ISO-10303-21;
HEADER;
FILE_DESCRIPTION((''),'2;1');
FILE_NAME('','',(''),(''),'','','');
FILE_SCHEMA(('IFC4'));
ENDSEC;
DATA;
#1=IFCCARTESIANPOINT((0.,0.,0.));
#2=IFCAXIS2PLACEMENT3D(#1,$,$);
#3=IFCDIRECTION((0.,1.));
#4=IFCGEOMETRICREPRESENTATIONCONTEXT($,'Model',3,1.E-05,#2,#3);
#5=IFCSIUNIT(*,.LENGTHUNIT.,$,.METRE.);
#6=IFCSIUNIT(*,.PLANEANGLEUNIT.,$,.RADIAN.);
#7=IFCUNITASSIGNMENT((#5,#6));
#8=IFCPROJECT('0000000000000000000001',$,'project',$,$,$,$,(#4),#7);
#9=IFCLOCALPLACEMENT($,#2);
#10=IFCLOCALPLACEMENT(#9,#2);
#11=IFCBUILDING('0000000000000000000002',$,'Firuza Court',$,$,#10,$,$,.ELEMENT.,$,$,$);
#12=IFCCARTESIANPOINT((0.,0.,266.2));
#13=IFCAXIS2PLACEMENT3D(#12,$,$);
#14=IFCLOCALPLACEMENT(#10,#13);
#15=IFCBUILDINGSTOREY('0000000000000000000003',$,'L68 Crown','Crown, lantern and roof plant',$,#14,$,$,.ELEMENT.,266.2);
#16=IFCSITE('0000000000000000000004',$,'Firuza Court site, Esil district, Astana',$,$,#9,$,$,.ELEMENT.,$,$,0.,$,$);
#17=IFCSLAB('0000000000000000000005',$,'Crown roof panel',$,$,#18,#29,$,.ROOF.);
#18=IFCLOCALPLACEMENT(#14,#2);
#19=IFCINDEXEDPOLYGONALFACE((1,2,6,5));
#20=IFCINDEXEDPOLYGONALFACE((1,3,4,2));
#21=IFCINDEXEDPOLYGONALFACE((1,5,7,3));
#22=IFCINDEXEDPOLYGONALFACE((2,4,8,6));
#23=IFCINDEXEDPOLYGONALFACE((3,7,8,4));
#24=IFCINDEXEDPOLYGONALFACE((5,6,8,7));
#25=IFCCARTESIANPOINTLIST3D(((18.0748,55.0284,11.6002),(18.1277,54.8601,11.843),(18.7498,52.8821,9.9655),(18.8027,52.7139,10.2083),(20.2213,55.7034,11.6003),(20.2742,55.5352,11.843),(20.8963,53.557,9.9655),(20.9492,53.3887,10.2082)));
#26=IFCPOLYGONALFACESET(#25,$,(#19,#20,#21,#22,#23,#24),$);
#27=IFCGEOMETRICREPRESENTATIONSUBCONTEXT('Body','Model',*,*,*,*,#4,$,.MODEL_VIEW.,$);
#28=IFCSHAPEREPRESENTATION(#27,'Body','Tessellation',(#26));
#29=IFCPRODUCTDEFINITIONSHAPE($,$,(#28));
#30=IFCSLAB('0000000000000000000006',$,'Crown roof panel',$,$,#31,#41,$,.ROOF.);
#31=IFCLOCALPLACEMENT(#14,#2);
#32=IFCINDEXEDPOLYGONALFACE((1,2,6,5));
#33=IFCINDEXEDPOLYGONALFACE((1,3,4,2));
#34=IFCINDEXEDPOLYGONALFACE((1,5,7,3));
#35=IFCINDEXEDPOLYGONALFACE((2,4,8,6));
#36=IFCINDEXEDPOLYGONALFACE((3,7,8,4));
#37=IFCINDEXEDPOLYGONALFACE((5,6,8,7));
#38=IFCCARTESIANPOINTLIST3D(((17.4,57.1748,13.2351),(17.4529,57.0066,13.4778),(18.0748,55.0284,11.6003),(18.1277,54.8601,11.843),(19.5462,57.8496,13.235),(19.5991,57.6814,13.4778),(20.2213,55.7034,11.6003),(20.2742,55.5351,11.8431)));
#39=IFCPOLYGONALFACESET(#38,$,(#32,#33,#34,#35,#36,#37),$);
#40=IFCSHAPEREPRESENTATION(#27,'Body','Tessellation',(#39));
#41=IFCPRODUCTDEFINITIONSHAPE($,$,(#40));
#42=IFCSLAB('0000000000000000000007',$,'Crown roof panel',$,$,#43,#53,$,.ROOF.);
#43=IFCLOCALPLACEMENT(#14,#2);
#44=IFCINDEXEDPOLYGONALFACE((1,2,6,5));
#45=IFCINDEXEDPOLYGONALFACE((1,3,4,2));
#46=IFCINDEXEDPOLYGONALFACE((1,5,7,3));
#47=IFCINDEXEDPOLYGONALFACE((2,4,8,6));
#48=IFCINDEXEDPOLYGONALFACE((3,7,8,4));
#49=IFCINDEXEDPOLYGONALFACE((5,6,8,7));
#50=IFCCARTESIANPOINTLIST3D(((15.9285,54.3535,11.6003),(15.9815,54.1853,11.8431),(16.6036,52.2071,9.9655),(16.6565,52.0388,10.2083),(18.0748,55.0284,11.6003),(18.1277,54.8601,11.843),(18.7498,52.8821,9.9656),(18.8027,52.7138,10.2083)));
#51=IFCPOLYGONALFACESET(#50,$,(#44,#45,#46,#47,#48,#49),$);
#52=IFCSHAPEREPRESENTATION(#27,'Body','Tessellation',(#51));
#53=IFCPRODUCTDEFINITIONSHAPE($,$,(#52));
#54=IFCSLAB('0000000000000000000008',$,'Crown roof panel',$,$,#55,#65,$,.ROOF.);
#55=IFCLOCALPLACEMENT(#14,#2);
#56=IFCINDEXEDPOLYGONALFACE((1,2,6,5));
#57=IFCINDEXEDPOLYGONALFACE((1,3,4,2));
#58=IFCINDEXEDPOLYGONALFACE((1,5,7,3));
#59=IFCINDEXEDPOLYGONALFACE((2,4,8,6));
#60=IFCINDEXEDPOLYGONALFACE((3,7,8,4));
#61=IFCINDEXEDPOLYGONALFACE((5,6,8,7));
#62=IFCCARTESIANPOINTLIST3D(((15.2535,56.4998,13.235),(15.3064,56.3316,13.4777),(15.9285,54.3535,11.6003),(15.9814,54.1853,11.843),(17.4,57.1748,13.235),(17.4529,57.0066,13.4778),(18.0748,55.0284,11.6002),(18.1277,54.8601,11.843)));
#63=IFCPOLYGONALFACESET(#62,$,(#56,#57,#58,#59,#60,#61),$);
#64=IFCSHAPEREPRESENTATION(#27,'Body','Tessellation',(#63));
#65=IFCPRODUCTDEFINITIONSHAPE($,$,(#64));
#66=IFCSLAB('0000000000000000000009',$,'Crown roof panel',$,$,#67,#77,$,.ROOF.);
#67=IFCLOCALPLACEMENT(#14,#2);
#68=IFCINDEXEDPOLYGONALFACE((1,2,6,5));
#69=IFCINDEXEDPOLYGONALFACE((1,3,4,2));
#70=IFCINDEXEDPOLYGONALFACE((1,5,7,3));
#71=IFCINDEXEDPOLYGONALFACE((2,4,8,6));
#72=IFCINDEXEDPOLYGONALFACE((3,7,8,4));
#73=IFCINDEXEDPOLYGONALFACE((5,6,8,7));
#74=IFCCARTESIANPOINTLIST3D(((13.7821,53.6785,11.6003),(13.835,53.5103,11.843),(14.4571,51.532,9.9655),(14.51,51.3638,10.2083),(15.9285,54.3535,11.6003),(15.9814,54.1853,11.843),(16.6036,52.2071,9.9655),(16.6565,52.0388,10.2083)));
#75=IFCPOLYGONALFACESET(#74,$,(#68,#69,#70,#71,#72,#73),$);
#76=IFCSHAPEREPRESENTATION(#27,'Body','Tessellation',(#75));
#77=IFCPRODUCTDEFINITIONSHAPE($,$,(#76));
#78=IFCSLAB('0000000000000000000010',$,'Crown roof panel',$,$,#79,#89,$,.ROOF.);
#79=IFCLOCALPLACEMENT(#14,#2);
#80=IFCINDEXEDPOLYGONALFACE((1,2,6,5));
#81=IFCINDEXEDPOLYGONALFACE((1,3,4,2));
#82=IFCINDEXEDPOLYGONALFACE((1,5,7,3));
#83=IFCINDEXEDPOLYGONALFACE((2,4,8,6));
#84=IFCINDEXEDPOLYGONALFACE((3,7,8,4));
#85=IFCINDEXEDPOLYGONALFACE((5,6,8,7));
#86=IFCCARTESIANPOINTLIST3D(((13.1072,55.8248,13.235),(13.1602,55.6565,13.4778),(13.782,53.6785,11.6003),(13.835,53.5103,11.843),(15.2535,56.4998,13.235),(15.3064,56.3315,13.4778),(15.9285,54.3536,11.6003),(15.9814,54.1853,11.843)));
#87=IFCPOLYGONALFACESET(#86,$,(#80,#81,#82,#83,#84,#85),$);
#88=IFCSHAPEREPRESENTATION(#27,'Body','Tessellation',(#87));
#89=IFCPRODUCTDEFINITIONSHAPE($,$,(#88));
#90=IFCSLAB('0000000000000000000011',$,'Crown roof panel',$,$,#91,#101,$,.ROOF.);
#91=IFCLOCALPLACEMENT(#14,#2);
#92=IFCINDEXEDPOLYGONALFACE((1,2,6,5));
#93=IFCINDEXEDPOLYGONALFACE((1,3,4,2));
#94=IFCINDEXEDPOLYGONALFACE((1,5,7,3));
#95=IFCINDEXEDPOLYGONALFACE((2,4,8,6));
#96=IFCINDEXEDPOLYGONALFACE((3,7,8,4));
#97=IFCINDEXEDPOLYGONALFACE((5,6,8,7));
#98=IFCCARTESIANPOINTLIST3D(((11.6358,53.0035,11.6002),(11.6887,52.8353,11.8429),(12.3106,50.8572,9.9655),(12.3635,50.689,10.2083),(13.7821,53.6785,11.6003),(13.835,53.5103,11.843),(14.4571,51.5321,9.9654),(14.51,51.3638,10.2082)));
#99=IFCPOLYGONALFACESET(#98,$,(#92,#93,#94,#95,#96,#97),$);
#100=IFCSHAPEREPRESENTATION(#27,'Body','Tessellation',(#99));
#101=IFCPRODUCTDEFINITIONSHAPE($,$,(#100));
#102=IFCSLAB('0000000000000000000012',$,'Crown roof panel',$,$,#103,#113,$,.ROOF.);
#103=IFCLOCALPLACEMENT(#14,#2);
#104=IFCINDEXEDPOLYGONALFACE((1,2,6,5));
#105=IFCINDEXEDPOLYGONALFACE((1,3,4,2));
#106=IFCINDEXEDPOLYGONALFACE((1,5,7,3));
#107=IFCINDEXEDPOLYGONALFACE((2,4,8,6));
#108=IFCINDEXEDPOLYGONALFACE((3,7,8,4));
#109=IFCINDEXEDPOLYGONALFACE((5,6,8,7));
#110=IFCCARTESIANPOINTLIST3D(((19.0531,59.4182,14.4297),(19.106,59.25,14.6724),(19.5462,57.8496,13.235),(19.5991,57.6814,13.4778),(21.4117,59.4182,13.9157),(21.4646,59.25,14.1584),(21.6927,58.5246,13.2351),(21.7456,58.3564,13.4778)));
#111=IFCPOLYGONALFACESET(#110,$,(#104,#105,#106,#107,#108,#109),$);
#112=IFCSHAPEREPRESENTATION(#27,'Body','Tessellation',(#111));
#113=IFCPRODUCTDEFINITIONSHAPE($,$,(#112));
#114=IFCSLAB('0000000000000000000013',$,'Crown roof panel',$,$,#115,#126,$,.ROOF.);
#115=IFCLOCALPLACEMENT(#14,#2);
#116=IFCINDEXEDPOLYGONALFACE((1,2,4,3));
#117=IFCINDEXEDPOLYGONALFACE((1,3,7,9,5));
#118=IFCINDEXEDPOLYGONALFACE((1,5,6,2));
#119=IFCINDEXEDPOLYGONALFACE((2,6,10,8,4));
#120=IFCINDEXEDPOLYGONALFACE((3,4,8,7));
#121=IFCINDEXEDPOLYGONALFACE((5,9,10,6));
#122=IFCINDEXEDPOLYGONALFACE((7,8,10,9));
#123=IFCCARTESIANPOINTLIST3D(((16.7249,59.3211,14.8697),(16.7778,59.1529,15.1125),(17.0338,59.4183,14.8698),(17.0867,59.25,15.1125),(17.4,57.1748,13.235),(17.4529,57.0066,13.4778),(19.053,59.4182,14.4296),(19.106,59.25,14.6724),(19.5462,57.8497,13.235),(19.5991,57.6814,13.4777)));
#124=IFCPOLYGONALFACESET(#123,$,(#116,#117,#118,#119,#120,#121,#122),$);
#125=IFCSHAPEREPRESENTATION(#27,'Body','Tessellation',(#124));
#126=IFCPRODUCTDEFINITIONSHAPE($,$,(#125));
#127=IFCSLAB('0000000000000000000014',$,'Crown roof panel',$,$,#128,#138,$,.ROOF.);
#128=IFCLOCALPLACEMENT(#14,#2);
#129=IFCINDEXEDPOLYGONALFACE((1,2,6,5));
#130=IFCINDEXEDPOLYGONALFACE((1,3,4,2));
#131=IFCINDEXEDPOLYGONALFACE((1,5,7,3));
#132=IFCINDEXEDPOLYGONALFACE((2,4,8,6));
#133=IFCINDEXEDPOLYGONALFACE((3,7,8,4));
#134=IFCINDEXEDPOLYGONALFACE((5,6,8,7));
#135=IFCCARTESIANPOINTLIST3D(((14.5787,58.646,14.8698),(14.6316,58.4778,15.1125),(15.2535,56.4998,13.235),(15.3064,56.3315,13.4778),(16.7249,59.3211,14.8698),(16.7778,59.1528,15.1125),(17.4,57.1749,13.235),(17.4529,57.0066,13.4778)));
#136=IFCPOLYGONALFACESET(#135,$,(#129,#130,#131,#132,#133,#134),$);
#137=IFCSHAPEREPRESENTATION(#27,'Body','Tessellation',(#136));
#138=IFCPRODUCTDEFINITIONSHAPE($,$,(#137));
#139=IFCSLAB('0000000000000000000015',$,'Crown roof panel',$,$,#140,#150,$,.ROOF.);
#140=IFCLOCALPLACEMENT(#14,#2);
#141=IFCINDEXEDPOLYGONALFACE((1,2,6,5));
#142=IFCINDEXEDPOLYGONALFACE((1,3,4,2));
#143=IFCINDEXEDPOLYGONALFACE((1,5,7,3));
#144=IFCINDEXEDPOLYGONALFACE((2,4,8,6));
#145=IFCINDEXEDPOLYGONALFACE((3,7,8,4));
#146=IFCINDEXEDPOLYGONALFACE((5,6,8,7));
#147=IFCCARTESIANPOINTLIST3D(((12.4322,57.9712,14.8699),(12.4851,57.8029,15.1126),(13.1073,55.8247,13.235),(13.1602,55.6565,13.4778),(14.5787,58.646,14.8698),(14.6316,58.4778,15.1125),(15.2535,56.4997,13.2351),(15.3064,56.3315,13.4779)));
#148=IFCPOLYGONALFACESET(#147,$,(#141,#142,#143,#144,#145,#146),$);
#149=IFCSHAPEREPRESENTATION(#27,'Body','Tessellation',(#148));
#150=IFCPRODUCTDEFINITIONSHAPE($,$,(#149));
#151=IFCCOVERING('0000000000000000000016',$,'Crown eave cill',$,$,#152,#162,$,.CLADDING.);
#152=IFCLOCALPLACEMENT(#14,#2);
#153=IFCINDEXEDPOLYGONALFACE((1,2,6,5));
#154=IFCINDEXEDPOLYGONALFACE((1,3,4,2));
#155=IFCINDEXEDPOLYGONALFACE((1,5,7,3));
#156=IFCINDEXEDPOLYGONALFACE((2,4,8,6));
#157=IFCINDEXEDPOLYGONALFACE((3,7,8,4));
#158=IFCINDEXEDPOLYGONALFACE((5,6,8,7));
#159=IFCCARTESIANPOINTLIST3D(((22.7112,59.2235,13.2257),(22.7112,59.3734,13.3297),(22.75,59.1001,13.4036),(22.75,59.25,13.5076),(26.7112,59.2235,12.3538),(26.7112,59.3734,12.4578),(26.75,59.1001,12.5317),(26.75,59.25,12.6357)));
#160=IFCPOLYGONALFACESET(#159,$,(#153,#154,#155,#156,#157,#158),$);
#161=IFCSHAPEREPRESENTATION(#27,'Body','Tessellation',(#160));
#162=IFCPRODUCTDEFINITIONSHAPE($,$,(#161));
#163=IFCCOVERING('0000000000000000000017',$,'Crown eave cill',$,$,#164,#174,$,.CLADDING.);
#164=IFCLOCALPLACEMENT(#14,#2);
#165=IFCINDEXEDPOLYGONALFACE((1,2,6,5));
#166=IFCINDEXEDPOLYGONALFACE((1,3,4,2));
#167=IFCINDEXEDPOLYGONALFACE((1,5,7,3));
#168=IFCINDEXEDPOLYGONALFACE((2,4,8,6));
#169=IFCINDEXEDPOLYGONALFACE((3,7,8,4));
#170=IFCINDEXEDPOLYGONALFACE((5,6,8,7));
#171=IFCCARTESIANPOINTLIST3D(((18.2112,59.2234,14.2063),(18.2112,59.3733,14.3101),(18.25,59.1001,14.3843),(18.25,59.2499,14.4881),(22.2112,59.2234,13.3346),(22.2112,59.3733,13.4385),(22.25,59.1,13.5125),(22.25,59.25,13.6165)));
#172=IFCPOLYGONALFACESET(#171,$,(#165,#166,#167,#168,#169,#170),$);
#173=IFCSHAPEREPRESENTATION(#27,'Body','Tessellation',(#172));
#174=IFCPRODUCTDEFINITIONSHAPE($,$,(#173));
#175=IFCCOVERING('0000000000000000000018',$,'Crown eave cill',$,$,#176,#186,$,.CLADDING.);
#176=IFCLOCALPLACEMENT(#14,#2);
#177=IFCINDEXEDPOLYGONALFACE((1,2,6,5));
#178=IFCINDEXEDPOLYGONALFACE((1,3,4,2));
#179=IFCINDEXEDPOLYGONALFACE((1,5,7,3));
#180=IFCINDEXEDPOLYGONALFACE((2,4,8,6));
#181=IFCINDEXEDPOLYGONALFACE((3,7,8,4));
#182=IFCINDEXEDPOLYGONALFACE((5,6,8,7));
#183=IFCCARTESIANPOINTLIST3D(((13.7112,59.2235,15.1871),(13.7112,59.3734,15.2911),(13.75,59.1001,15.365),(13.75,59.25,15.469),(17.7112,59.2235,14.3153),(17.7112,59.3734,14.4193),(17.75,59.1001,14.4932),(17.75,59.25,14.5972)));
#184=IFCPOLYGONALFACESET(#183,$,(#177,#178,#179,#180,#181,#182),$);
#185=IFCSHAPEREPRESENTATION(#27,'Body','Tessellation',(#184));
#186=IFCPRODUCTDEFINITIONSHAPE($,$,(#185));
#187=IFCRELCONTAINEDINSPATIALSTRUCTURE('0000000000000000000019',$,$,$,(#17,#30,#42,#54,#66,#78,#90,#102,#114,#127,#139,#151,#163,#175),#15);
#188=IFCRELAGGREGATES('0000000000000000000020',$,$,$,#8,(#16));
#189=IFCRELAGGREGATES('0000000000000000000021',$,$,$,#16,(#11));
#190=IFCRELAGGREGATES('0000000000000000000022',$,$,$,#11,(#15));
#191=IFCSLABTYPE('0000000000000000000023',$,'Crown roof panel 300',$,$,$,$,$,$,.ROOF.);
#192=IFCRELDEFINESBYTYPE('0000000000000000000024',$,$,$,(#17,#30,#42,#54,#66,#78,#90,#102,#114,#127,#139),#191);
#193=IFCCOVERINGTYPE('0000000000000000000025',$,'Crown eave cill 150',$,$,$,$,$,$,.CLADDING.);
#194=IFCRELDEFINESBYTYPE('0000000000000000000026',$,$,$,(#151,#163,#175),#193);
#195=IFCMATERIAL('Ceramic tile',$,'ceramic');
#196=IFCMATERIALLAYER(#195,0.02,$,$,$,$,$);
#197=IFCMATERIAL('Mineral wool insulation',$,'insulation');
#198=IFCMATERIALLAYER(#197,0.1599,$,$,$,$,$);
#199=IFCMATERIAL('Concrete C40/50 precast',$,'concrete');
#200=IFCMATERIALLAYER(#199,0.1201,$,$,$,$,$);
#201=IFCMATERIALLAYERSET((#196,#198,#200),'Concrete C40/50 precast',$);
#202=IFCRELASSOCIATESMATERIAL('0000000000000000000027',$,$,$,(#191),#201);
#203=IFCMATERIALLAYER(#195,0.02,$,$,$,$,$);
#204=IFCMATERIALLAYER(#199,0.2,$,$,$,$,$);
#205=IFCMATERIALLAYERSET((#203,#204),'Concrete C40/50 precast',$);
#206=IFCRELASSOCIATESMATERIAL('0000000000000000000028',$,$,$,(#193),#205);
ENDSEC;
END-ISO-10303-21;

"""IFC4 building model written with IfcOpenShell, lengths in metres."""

from ifc_helpers import new_model, si_unit, direction, frame, origin, place, context, subcontext, project, spatial, polyline, outline, extrude, material, layer, layer_set, type_object, element, save


model = new_model("IFC4")

# Units and contexts
model_context = context("Model", 3, precision=1e-05, world=origin(), true_north=direction((0.0, 1.0)))
body_context = subcontext(model_context, "Body", "Model", "MODEL_VIEW")
ifc_project = project(units=[si_unit("LENGTHUNIT", "METRE"), si_unit("PLANEANGLEUNIT", "RADIAN")], contexts=[model_context])

# Site, building, storey
site_placement = place(None, origin())
site = spatial("IfcSite", under=ifc_project, at=site_placement, Name="Firuza Court site, Esil district, Astana", CompositionType="ELEMENT", RefElevation=0.0)
building_placement = place(site_placement, origin())
building = spatial("IfcBuilding", under=site, at=building_placement, Name="Firuza Court", CompositionType="ELEMENT")
storey_placement = place(building_placement, frame((0.0, 0.0, 266.2)))
storey = spatial("IfcBuildingStorey", under=building, at=storey_placement, Name="L68 Crown", Description="Crown, lantern and roof plant", CompositionType="ELEMENT", Elevation=266.2)

# Slabs
ifc_material_1 = material(Name="Ceramic tile", Category="ceramic")
ifc_layer_1 = layer(ifc_material_1, 0.02)
ifc_material_2 = material(Name="Mineral wool insulation", Category="insulation")
ifc_layer_2 = layer(ifc_material_2, 0.1599)
ifc_material_3 = material(Name="Concrete C40/50 precast", Category="concrete")
ifc_layer_3 = layer(ifc_material_3, 0.1201)
ifc_layer_set_1 = layer_set([ifc_layer_1, ifc_layer_2, ifc_layer_3], Name="Concrete C40/50 precast")
slab_type = type_object("IfcSlabType", Name="Crown roof panel 300", PredefinedType="ROOF", material=ifc_layer_set_1)
slab_1_placement = place(storey_placement, frame((18.8027, 52.7139, 10.2083), z_axis=(0.176312, -0.560728, 0.809011), x_axis=(-0.242732, 0.771738, 0.587793)))
element("IfcSlab", 1, at=slab_1_placement, inside=storey, type_object=slab_type, Name="Crown roof panel", PredefinedType="ROOF", context=body_context, shape_type="SweptSolid", body=[
    extrude(outline(polyline([(0.0, 0.0), (2.7811, 0.0), (2.781, -2.2501), (-0.0002, -2.2501), (0.0, 0.0)])), origin(), (0.0, 0.0, -1.0), 0.3),
])
slab_2_placement = place(storey_placement, frame((18.1277, 54.8601, 11.843), z_axis=(0.176323, -0.560731, 0.809006), x_axis=(-0.242626, 0.771767, 0.5878)))
element("IfcSlab", 2, at=slab_2_placement, inside=storey, type_object=slab_type, Name="Crown roof panel", PredefinedType="ROOF", context=body_context, shape_type="SweptSolid", body=[
    extrude(outline(polyline([(0.0, 0.0), (2.7812, 0.0), (2.7813, -2.2498), (0.0002, -2.2501), (0.0, 0.0)])), origin(), (0.0, 0.0, -1.0), 0.3),
])
slab_3_placement = place(storey_placement, frame((16.6565, 52.0388, 10.2083), z_axis=(0.17633, -0.560722, 0.809011), x_axis=(-0.242707, 0.771746, 0.587793)))
element("IfcSlab", 3, at=slab_3_placement, inside=storey, type_object=slab_type, Name="Crown roof panel", PredefinedType="ROOF", context=body_context, shape_type="SweptSolid", body=[
    extrude(outline(polyline([(0.0, 0.0), (2.7813, 0.0), (2.7812, -2.2498), (0.0001, -2.2499), (0.0, 0.0)])), origin(), (0.0, 0.0, -1.0), 0.3),
])
slab_4_placement = place(storey_placement, frame((15.9814, 54.1853, 11.843), z_axis=(0.176323, -0.560731, 0.809006), x_axis=(-0.242731, 0.771734, 0.5878)))
element("IfcSlab", 4, at=slab_4_placement, inside=storey, type_object=slab_type, Name="Crown roof panel", PredefinedType="ROOF", context=body_context, shape_type="SweptSolid", body=[
    extrude(outline(polyline([(0.0, 0.0), (2.7811, 0.0), (2.781, -2.2501), (-0.0002, -2.2498), (0.0, 0.0)])), origin(), (0.0, 0.0, -1.0), 0.3),
])
slab_5_placement = place(storey_placement, frame((14.51, 51.3638, 10.2083), z_axis=(0.176335, -0.560699, 0.809025), x_axis=(-0.242711, 0.77176, 0.587774)))
element("IfcSlab", 5, at=slab_5_placement, inside=storey, type_object=slab_type, Name="Crown roof panel", PredefinedType="ROOF", context=body_context, shape_type="SweptSolid", body=[
    extrude(outline(polyline([(0.0, 0.0), (2.7813, 0.0), (2.7813, -2.2501), (0.0, -2.2501), (0.0, 0.0)])), origin(), (0.0, 0.0, -1.0), 0.3),
])
slab_6_placement = place(storey_placement, frame((13.835, 53.5103, 11.843), z_axis=(0.176358, -0.560741, 0.808992), x_axis=(-0.242646, 0.771745, 0.58782)))
element("IfcSlab", 6, at=slab_6_placement, inside=storey, type_object=slab_type, Name="Crown roof panel", PredefinedType="ROOF", context=body_context, shape_type="SweptSolid", body=[
    extrude(outline(polyline([(0.0, 0.0), (2.781, 0.0), (2.7812, -2.2499), (0.0001, -2.2501), (0.0, 0.0)])), origin(), (0.0, 0.0, -1.0), 0.3),
])
slab_7_placement = place(storey_placement, frame((12.3635, 50.689, 10.2083), z_axis=(0.176323, -0.560731, 0.809006), x_axis=(-0.242651, 0.771759, 0.5878)))
element("IfcSlab", 7, at=slab_7_placement, inside=storey, type_object=slab_type, Name="Crown roof panel", PredefinedType="ROOF", context=body_context, shape_type="SweptSolid", body=[
    extrude(outline(polyline([(0.0, 0.0), (2.781, 0.0), (2.7812, -2.2499), (-0.0001, -2.2501), (0.0, 0.0)])), origin(), (0.0, 0.0, -1.0), 0.3),
])
slab_8_placement = place(storey_placement, frame((19.5991, 57.6814, 13.4778), z_axis=(0.176306, -0.560729, 0.809011), x_axis=(-0.242641, 0.771767, 0.587793)))
element("IfcSlab", 8, at=slab_8_placement, inside=storey, type_object=slab_type, Name="Crown roof panel", PredefinedType="ROOF", context=body_context, shape_type="SweptSolid", body=[
    extrude(outline(polyline([(0.0, 0.0), (2.0324, 0.0), (1.158, -2.2501), (0.0002, -2.2501), (0.0, 0.0)])), origin(), (0.0, 0.0, -1.0), 0.3),
])
slab_9_placement = place(storey_placement, frame((17.4529, 57.0066, 13.4778), z_axis=(0.176333, -0.560716, 0.809014), x_axis=(-0.242733, 0.771742, 0.587789)))
element("IfcSlab", 9, at=slab_9_placement, inside=storey, type_object=slab_type, Name="Crown roof panel", PredefinedType="ROOF", context=body_context, shape_type="SweptSolid", body=[
    extrude(outline(polyline([(0.0, 0.0), (2.7811, 0.0), (2.7811, -0.3238), (2.0322, -2.25), (-0.0002, -2.2498), (0.0, 0.0)])), origin(), (0.0, 0.0, -1.0), 0.3),
])
slab_10_placement = place(storey_placement, frame((15.3064, 56.3315, 13.4778), z_axis=(0.176358, -0.560741, 0.808992), x_axis=(-0.242646, 0.771745, 0.58782)))
element("IfcSlab", 10, at=slab_10_placement, inside=storey, type_object=slab_type, Name="Crown roof panel", PredefinedType="ROOF", context=body_context, shape_type="SweptSolid", body=[
    extrude(outline(polyline([(0.0, 0.0), (2.781, 0.0), (2.7812, -2.2499), (0.0001, -2.2501), (0.0, 0.0)])), origin(), (0.0, 0.0, -1.0), 0.3),
])
slab_11_placement = place(storey_placement, frame((13.1602, 55.6565, 13.4778), z_axis=(0.176323, -0.560731, 0.809006), x_axis=(-0.242705, 0.771742, 0.5878)))
element("IfcSlab", 11, at=slab_11_placement, inside=storey, type_object=slab_type, Name="Crown roof panel", PredefinedType="ROOF", context=body_context, shape_type="SweptSolid", body=[
    extrude(outline(polyline([(0.0, 0.0), (2.7813, 0.0), (2.7811, -2.2501), (0.0001, -2.2499), (0.0, 0.0)])), origin(), (0.0, 0.0, -1.0), 0.3),
])

# Coverings
ifc_layer_4 = layer(ifc_material_1, 0.02)
ifc_layer_5 = layer(ifc_material_3, 0.2)
ifc_layer_set_2 = layer_set([ifc_layer_4, ifc_layer_5], Name="Concrete C40/50 precast")
covering_type = type_object("IfcCoveringType", Name="Crown eave cill 150", PredefinedType="CLADDING", material=ifc_layer_set_2)
covering_1_placement = place(storey_placement, frame((22.75, 59.1001, 13.4036), z_axis=(0.176272, -0.561119, 0.808748), x_axis=(0.0, 0.821614, 0.570045)))
element("IfcCovering", 12, at=covering_1_placement, inside=storey, type_object=covering_type, Name="Crown eave cill", PredefinedType="CLADDING", context=body_context, shape_type="SweptSolid", body=[
    extrude(outline(polyline([(0.0, 0.0), (0.1824, 0.0), (-0.3145, -4.0636), (-0.497, -4.0636), (0.0, 0.0)])), origin(), (0.0, 0.0, -1.0), 0.22),
])
covering_2_placement = place(storey_placement, frame((18.25, 59.1001, 14.3843), z_axis=(0.176313, -0.56067, 0.809051), x_axis=(0.000096, 0.821937, 0.569579)))
element("IfcCovering", 13, at=covering_2_placement, inside=storey, type_object=covering_type, Name="Crown eave cill", PredefinedType="CLADDING", context=body_context, shape_type="SweptSolid", body=[
    extrude(outline(polyline([(0.0, 0.0), (0.1823, 0.0), (-0.3137, -4.0637), (-0.4962, -4.0637), (0.0, 0.0)])), origin(), (0.0, 0.0, -1.0), 0.22),
])
covering_3_placement = place(storey_placement, frame((13.75, 59.1001, 15.365), z_axis=(0.176272, -0.561119, 0.808748), x_axis=(0.0, 0.821614, 0.570045)))
element("IfcCovering", 14, at=covering_3_placement, inside=storey, type_object=covering_type, Name="Crown eave cill", PredefinedType="CLADDING", context=body_context, shape_type="SweptSolid", body=[
    extrude(outline(polyline([(0.0, 0.0), (0.1824, 0.0), (-0.3145, -4.0636), (-0.497, -4.0636), (0.0, 0.0)])), origin(), (0.0, 0.0, -1.0), 0.22),
])

save(model, "model.ifc")
